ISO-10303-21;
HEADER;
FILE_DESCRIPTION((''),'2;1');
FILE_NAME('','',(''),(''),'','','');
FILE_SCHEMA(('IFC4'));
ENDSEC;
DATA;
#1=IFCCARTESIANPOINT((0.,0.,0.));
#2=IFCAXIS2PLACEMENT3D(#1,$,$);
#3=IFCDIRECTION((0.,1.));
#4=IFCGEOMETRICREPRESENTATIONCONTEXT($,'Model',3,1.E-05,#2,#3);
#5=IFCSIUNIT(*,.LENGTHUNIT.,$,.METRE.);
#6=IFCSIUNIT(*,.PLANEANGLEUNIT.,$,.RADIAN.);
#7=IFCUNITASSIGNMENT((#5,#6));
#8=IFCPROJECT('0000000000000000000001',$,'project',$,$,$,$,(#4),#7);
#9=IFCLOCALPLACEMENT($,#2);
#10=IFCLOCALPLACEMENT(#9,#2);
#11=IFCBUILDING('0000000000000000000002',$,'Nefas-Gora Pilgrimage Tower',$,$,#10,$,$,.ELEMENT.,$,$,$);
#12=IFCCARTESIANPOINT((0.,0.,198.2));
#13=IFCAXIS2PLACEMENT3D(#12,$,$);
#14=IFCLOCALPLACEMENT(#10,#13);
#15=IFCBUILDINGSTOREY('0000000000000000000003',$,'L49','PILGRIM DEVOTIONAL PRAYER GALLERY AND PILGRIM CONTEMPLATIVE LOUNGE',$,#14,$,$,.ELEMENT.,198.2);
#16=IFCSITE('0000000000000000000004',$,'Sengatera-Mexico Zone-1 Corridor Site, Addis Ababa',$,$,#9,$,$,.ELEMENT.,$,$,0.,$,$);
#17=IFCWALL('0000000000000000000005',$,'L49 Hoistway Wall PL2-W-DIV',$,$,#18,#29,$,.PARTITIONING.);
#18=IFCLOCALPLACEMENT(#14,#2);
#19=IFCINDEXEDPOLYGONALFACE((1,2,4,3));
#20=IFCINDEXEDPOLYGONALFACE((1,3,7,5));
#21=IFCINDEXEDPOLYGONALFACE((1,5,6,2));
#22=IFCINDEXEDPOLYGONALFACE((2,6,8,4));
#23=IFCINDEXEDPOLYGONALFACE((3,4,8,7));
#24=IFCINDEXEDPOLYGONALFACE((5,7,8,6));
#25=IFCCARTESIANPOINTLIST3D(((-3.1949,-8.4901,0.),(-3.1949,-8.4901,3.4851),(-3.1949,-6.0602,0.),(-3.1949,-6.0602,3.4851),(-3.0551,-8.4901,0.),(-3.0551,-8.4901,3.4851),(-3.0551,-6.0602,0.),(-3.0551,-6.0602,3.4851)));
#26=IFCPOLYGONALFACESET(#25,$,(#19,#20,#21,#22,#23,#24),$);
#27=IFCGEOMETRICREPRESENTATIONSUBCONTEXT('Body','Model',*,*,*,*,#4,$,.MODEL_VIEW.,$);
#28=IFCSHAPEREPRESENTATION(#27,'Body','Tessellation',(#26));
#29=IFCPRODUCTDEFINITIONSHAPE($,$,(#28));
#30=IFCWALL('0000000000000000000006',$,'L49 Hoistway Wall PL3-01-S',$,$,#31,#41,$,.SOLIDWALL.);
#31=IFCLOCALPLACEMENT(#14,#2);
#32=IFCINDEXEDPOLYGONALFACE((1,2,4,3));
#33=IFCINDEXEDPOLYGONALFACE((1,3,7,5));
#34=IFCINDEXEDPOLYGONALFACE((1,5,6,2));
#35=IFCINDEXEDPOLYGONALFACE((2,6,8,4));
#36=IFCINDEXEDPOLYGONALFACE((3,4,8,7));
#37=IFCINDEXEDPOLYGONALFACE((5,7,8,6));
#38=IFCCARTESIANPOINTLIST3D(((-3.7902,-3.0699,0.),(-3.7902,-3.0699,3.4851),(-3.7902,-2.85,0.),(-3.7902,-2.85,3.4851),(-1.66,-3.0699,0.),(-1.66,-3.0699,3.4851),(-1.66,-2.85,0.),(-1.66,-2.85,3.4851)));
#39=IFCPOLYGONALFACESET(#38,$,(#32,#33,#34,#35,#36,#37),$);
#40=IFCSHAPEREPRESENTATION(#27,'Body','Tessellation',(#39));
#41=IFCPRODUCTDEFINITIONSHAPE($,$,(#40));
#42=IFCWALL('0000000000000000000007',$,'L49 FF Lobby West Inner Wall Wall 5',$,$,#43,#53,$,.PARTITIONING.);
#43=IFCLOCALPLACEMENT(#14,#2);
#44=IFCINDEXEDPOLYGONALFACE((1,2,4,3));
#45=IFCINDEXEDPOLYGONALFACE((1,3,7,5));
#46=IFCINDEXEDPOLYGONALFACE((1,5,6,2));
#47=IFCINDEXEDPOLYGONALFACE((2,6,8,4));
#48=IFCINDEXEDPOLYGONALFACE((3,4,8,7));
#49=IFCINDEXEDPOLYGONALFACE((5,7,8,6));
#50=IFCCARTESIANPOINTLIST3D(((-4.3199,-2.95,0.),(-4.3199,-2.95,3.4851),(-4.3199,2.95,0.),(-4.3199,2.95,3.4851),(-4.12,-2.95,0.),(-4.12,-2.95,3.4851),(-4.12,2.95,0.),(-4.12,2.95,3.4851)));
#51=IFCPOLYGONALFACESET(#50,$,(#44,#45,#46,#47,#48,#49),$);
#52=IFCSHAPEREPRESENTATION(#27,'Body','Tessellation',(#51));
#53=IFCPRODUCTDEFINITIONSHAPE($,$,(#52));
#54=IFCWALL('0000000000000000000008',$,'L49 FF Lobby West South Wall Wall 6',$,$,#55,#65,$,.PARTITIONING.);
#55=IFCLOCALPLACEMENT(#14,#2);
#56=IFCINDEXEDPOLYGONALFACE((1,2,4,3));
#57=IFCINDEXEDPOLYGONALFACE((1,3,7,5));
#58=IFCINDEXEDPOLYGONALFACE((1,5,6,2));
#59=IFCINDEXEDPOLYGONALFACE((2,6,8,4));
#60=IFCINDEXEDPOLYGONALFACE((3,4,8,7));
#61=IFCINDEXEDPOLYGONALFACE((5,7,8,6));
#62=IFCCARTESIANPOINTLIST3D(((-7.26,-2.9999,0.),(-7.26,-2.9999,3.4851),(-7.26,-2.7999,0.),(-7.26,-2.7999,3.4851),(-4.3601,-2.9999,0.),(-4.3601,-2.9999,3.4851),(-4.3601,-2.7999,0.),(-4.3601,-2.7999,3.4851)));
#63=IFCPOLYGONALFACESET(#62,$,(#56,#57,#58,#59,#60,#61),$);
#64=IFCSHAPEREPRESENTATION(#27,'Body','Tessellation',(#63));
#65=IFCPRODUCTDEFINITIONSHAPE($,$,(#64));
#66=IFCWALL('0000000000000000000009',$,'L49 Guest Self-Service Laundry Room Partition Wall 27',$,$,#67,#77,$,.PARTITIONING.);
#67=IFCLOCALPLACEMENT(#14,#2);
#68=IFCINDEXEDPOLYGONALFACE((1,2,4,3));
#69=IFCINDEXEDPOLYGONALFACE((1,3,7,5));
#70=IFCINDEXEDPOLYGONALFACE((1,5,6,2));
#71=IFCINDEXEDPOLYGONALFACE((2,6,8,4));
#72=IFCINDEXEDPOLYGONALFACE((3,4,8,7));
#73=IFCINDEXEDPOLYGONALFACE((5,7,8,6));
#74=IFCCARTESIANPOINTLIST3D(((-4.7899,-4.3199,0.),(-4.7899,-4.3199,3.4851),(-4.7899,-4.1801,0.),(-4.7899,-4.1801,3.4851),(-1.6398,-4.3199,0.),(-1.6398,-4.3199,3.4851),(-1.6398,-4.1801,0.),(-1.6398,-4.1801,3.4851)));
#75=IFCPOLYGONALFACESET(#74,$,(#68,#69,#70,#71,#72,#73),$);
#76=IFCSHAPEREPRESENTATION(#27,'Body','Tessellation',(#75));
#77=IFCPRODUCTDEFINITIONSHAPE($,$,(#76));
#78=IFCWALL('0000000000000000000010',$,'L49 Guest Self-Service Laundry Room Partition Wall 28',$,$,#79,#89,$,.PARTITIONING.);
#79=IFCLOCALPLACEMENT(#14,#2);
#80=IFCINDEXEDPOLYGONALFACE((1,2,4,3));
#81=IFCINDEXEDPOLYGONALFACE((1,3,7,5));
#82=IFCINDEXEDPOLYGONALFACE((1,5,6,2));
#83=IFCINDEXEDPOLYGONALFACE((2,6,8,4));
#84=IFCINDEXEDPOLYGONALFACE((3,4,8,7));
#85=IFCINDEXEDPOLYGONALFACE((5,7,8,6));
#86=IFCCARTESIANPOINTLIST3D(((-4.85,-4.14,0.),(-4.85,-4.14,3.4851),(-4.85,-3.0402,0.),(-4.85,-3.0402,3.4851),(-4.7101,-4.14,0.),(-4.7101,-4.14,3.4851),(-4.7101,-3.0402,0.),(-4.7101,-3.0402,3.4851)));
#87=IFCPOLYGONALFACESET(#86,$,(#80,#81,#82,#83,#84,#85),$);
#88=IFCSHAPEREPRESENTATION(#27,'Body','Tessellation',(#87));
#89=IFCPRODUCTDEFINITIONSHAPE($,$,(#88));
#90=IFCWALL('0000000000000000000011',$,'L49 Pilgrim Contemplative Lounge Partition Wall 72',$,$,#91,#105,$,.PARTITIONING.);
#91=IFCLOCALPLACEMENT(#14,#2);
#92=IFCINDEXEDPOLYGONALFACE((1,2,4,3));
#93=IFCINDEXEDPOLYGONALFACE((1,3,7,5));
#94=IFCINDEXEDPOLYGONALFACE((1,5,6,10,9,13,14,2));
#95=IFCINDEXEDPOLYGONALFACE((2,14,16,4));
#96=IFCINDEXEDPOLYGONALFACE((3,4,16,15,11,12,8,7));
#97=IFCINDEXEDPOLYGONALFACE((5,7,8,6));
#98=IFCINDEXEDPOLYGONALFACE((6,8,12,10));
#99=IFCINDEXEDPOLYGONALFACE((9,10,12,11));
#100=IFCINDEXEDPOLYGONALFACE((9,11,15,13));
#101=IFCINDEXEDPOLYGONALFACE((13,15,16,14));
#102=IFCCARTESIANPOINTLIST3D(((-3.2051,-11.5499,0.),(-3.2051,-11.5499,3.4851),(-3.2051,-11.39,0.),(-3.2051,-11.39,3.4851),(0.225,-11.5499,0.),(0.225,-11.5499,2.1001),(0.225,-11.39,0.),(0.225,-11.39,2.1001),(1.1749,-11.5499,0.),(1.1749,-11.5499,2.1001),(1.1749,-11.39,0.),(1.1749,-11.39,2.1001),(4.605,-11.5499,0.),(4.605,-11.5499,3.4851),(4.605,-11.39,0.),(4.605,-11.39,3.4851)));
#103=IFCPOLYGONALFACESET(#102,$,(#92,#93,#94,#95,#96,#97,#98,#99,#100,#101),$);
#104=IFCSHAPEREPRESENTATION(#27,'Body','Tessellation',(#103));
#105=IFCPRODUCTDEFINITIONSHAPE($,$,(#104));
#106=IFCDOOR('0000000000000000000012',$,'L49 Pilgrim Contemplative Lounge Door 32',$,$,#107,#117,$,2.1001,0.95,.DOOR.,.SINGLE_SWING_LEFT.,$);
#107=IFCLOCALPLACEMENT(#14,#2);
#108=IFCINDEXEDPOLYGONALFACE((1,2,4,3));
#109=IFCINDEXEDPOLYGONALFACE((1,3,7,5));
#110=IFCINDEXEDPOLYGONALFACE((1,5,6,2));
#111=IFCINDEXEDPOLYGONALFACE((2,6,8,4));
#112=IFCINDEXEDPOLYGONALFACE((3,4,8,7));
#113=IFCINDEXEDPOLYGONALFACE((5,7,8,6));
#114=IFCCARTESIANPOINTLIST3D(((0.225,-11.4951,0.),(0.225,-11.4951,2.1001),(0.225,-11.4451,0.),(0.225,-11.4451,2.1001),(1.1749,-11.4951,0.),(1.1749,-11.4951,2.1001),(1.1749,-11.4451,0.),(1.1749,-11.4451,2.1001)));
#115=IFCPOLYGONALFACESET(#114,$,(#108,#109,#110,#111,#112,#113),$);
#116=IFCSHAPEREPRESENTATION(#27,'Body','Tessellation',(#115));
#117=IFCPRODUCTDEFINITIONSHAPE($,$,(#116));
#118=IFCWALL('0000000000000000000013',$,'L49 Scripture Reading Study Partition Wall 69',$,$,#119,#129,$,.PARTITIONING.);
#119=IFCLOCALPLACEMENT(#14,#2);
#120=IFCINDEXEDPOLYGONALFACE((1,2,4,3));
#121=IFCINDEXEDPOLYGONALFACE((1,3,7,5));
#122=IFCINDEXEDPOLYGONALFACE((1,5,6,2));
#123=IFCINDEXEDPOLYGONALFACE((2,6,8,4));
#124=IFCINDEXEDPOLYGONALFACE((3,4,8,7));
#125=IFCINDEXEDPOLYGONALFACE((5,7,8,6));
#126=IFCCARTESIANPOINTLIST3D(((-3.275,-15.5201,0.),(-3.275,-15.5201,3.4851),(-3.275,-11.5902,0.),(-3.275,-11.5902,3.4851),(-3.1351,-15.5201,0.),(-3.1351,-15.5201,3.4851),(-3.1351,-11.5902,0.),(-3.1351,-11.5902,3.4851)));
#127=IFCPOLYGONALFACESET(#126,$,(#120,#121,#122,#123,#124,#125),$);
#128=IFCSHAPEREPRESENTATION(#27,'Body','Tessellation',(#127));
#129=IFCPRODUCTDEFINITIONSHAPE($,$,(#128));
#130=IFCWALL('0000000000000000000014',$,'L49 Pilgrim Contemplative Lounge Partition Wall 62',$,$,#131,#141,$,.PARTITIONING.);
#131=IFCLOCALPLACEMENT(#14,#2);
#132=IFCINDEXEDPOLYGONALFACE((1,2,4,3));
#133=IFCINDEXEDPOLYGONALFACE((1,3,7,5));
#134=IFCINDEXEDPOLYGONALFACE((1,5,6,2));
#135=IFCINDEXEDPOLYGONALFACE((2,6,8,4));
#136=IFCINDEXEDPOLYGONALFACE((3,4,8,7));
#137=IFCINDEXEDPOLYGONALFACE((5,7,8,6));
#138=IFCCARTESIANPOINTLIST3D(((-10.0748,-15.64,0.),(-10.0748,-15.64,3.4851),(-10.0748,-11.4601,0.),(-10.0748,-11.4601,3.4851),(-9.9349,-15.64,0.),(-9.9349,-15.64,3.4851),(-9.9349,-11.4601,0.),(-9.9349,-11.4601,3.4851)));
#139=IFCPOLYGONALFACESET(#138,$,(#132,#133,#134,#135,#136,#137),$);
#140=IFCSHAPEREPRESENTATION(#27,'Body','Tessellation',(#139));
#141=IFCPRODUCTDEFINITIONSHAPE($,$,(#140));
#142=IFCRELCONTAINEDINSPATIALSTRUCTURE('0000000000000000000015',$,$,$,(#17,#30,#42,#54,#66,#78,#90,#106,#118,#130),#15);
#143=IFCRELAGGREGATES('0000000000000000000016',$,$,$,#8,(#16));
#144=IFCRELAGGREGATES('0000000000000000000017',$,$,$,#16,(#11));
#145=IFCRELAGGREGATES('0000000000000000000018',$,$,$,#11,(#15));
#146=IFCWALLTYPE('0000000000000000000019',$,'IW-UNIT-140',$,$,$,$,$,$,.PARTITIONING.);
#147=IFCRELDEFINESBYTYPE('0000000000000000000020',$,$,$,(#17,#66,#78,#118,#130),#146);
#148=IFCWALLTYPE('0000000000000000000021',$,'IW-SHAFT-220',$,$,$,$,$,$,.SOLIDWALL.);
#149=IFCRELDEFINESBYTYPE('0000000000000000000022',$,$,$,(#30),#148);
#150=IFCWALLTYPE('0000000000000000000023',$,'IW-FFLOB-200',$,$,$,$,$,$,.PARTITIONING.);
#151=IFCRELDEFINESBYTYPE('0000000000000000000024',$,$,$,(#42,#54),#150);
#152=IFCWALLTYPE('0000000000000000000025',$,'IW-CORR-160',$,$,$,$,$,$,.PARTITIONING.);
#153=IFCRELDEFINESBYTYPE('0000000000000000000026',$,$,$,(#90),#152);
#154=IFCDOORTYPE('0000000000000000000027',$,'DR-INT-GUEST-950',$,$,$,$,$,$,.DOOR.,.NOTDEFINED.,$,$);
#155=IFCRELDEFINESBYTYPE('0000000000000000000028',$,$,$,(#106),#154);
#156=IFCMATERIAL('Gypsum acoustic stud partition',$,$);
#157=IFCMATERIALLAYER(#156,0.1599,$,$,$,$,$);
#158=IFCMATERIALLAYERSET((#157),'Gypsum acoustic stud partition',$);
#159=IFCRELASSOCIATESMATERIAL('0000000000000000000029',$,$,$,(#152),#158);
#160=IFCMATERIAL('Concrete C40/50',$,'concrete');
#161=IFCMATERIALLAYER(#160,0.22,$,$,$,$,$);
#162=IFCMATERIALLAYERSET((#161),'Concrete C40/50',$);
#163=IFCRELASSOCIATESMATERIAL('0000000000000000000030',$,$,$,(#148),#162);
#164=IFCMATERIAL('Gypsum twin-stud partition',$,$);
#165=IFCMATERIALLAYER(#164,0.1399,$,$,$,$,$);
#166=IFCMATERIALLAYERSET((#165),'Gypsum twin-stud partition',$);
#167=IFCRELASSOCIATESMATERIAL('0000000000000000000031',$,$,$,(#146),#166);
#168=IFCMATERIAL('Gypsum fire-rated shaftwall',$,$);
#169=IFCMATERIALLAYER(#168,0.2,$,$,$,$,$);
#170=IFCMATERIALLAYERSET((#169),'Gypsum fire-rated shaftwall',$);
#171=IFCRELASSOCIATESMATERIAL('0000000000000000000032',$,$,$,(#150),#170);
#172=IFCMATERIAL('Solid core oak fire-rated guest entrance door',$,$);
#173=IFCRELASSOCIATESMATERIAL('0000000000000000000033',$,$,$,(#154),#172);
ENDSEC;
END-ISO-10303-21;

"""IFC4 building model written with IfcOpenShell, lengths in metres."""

from ifc_helpers import new_model, si_unit, direction, frame, frame_2d, origin, place, context, subcontext, project, spatial, rectangle, extrude, source, transform, mapped, material, layer, layer_set, type_object, element, fill, save


model = new_model("IFC4")

# Units and contexts
model_context = context("Model", 3, precision=1e-05, world=origin(), true_north=direction((0.0, 1.0)))
body_context = subcontext(model_context, "Body", "Model", "MODEL_VIEW")
ifc_project = project(units=[si_unit("LENGTHUNIT", "METRE"), si_unit("PLANEANGLEUNIT", "RADIAN")], contexts=[model_context])

# Site, building, storey
site_placement = place(None, origin())
site = spatial("IfcSite", under=ifc_project, at=site_placement, Name="Sengatera-Mexico Zone-1 Corridor Site, Addis Ababa", CompositionType="ELEMENT", RefElevation=0.0)
building_placement = place(site_placement, origin())
building = spatial("IfcBuilding", under=site, at=building_placement, Name="Nefas-Gora Pilgrimage Tower", CompositionType="ELEMENT")
storey_placement = place(building_placement, frame((0.0, 0.0, 198.2)))
storey = spatial("IfcBuildingStorey", under=building, at=storey_placement, Name="L49", Description="PILGRIM DEVOTIONAL PRAYER GALLERY AND PILGRIM CONTEMPLATIVE LOUNGE", CompositionType="ELEMENT", Elevation=198.2)

# Walls
ifc_material_1 = material(Name="Gypsum acoustic stud partition")
ifc_layer_1 = layer(ifc_material_1, 0.1599)
ifc_layer_set_1 = layer_set([ifc_layer_1], Name="Gypsum acoustic stud partition")
wall_type_1 = type_object("IfcWallType", Name="IW-CORR-160", PredefinedType="PARTITIONING", material=ifc_layer_set_1)
ifc_material_2 = material(Name="Concrete C40/50", Category="concrete")
ifc_layer_2 = layer(ifc_material_2, 0.22)
ifc_layer_set_2 = layer_set([ifc_layer_2], Name="Concrete C40/50")
wall_type_2 = type_object("IfcWallType", Name="IW-SHAFT-220", PredefinedType="SOLIDWALL", material=ifc_layer_set_2)
ifc_material_3 = material(Name="Gypsum twin-stud partition")
ifc_layer_3 = layer(ifc_material_3, 0.1399)
ifc_layer_set_3 = layer_set([ifc_layer_3], Name="Gypsum twin-stud partition")
wall_type_3 = type_object("IfcWallType", Name="IW-UNIT-140", PredefinedType="PARTITIONING", material=ifc_layer_set_3)
shared_shape_1 = source(origin(), body_context, "Body", "SweptSolid", [
    extrude(rectangle(XDim=2.4299, YDim=0.1399, at=frame_2d((1.2148, 0.0))), origin(), (0.0, 0.0, 1.0), 3.4851),
])
wall_1_placement = place(storey_placement, frame((-3.125, -8.49, 0.0), z_axis=(0.0, 0.0, 1.0), x_axis=(0.0, 1.0, 0.0)))
element("IfcWall", 1, at=wall_1_placement, inside=storey, type_object=wall_type_3, Name="L49 Hoistway Wall PL2-W-DIV", PredefinedType="PARTITIONING", context=body_context, shape_type="MappedRepresentation", body=[
    mapped(shared_shape_1, transform((0.0, 0.0, 0.0), x_axis=(1.0, 0.0, 0.0), y_axis=(0.0, 1.0, 0.0), z_axis=(0.0, 0.0, 1.0), scale=1.0)),
])
shared_shape_2 = source(origin(), body_context, "Body", "SweptSolid", [
    extrude(rectangle(XDim=2.1301, YDim=0.22, at=frame_2d((1.0649, 0.0))), origin(), (0.0, 0.0, 1.0), 3.4851),
])
wall_2_placement = place(storey_placement, frame((-3.79, -2.96, 0.0), z_axis=(0.0, 0.0, 1.0), x_axis=(1.0, 0.0, 0.0)))
element("IfcWall", 2, at=wall_2_placement, inside=storey, type_object=wall_type_2, Name="L49 Hoistway Wall PL3-01-S", PredefinedType="SOLIDWALL", context=body_context, shape_type="MappedRepresentation", body=[
    mapped(shared_shape_2, transform((0.0, 0.0, 0.0), x_axis=(1.0, 0.0, 0.0), y_axis=(0.0, 1.0, 0.0), z_axis=(0.0, 0.0, 1.0), scale=1.0)),
])
ifc_material_4 = material(Name="Gypsum fire-rated shaftwall")
ifc_layer_4 = layer(ifc_material_4, 0.2)
ifc_layer_set_4 = layer_set([ifc_layer_4], Name="Gypsum fire-rated shaftwall")
wall_type_4 = type_object("IfcWallType", Name="IW-FFLOB-200", PredefinedType="PARTITIONING", material=ifc_layer_set_4)
shared_shape_3 = source(origin(), body_context, "Body", "SweptSolid", [
    extrude(rectangle(XDim=5.8999, YDim=0.2, at=frame_2d((2.95, 0.0))), origin(), (0.0, 0.0, 1.0), 3.4851),
])
wall_3_placement = place(storey_placement, frame((-4.22, -2.95, 0.0), z_axis=(0.0, 0.0, 1.0), x_axis=(0.0, 1.0, 0.0)))
element("IfcWall", 3, at=wall_3_placement, inside=storey, type_object=wall_type_4, Name="L49 FF Lobby West Inner Wall Wall 5", PredefinedType="PARTITIONING", context=body_context, shape_type="MappedRepresentation", body=[
    mapped(shared_shape_3, transform((0.0, 0.0, 0.0), x_axis=(1.0, 0.0, 0.0), y_axis=(0.0, 1.0, 0.0), z_axis=(0.0, 0.0, 1.0), scale=1.0)),
])
shared_shape_4 = source(origin(), body_context, "Body", "SweptSolid", [
    extrude(rectangle(XDim=2.8999, YDim=0.2, at=frame_2d((1.45, 0.0))), origin(), (0.0, 0.0, 1.0), 3.4851),
])
wall_4_placement = place(storey_placement, frame((-7.26, -2.8999, 0.0), z_axis=(0.0, 0.0, 1.0), x_axis=(1.0, 0.0, 0.0)))
element("IfcWall", 4, at=wall_4_placement, inside=storey, type_object=wall_type_4, Name="L49 FF Lobby West South Wall Wall 6", PredefinedType="PARTITIONING", context=body_context, shape_type="MappedRepresentation", body=[
    mapped(shared_shape_4, transform((0.0, 0.0, 0.0), x_axis=(1.0, 0.0, 0.0), y_axis=(0.0, 1.0, 0.0), z_axis=(0.0, 0.0, 1.0), scale=1.0)),
])
shared_shape_5 = source(origin(), body_context, "Body", "SweptSolid", [
    extrude(rectangle(XDim=3.1501, YDim=0.1399, at=frame_2d((1.5752, 0.0))), origin(), (0.0, 0.0, 1.0), 3.4851),
])
wall_5_placement = place(storey_placement, frame((-4.79, -4.25, 0.0), z_axis=(0.0, 0.0, 1.0), x_axis=(1.0, 0.0, 0.0)))
element("IfcWall", 5, at=wall_5_placement, inside=storey, type_object=wall_type_3, Name="L49 Guest Self-Service Laundry Room Partition Wall 27", PredefinedType="PARTITIONING", context=body_context, shape_type="MappedRepresentation", body=[
    mapped(shared_shape_5, transform((0.0, 0.0, 0.0), x_axis=(1.0, 0.0, 0.0), y_axis=(0.0, 1.0, 0.0), z_axis=(0.0, 0.0, 1.0), scale=1.0)),
])
shared_shape_6 = source(origin(), body_context, "Body", "SweptSolid", [
    extrude(rectangle(XDim=1.0999, YDim=0.1399, at=frame_2d((0.5498, 0.0))), origin(), (0.0, 0.0, 1.0), 3.4851),
])
wall_6_placement = place(storey_placement, frame((-4.78, -4.1399, 0.0), z_axis=(0.0, 0.0, 1.0), x_axis=(0.0, 1.0, 0.0)))
element("IfcWall", 6, at=wall_6_placement, inside=storey, type_object=wall_type_3, Name="L49 Guest Self-Service Laundry Room Partition Wall 28", PredefinedType="PARTITIONING", context=body_context, shape_type="MappedRepresentation", body=[
    mapped(shared_shape_6, transform((0.0, 0.0, 0.0), x_axis=(1.0, 0.0, 0.0), y_axis=(0.0, 1.0, 0.0), z_axis=(0.0, 0.0, 1.0), scale=1.0)),
])

# Wall, opening, door
shared_shape_7 = source(origin(), body_context, "Body", "SweptSolid", [
    extrude(rectangle(XDim=7.8101, YDim=0.1599, at=frame_2d((3.905, 0.0))), origin(), (0.0, 0.0, 1.0), 3.4851),
])
wall_7_placement = place(storey_placement, frame((-3.2051, -11.47, 0.0), z_axis=(0.0, 0.0, 1.0), x_axis=(1.0, 0.0, 0.0)))
wall_7 = element("IfcWall", 7, at=wall_7_placement, inside=storey, type_object=wall_type_1, Name="L49 Pilgrim Contemplative Lounge Partition Wall 72", PredefinedType="PARTITIONING", context=body_context, shape_type="MappedRepresentation", body=[
    mapped(shared_shape_7, transform((0.0, 0.0, 0.0), x_axis=(1.0, 0.0, 0.0), y_axis=(0.0, 1.0, 0.0), z_axis=(0.0, 0.0, 1.0), scale=1.0)),
])
opening_1_placement = place(wall_7_placement, frame((3.4299, 0.0, 0.0)))
opening_1 = element("IfcOpeningElement", 8, at=opening_1_placement, cuts=wall_7, PredefinedType="OPENING", context=body_context, shape_type="SweptSolid", body=[
    extrude(rectangle(XDim=0.95, YDim=2.1001, at=frame_2d((0.4751, 1.05))), frame((0.0, 0.0898, 0.0), z_axis=(0.0, -1.0, 0.0), x_axis=(1.0, 0.0, 0.0)), (0.0, 0.0, 1.0), 0.1799),
])
ifc_material_5 = material(Name="Solid core oak fire-rated guest entrance door")
door_type_1 = type_object("IfcDoorType", Name="DR-INT-GUEST-950", OperationType="NOTDEFINED", PredefinedType="DOOR", material=ifc_material_5)
shared_shape_8 = source(origin(), body_context, "Body", "SweptSolid", [
    extrude(rectangle(XDim=0.95, YDim=2.1001, at=frame_2d((0.4751, 1.05))), frame((0.0, 0.0249, 0.0), z_axis=(0.0, -1.0, 0.0), x_axis=(1.0, 0.0, 0.0)), (0.0, 0.0, 1.0), 0.05),
])
door_1_placement = place(opening_1_placement, origin())
door_1 = element("IfcDoor", 9, at=door_1_placement, inside=storey, type_object=door_type_1, Name="L49 Pilgrim Contemplative Lounge Door 32", OperationType="SINGLE_SWING_LEFT", OverallHeight=2.1001, OverallWidth=0.95, PredefinedType="DOOR", context=body_context, shape_type="MappedRepresentation", body=[
    mapped(shared_shape_8, transform((0.0, 0.0, 0.0), x_axis=(1.0, 0.0, 0.0), y_axis=(0.0, 1.0, 0.0), z_axis=(0.0, 0.0, 1.0), scale=1.0)),
])
fill(opening_1, door_1)

# Walls
shared_shape_9 = source(origin(), body_context, "Body", "SweptSolid", [
    extrude(rectangle(XDim=3.9299, YDim=0.1399, at=frame_2d((1.9648, 0.0))), origin(), (0.0, 0.0, 1.0), 3.4851),
])
wall_8_placement = place(storey_placement, frame((-3.2051, -15.52, 0.0), z_axis=(0.0, 0.0, 1.0), x_axis=(0.0, 1.0, 0.0)))
element("IfcWall", 10, at=wall_8_placement, inside=storey, type_object=wall_type_3, Name="L49 Scripture Reading Study Partition Wall 69", PredefinedType="PARTITIONING", context=body_context, shape_type="MappedRepresentation", body=[
    mapped(shared_shape_9, transform((0.0, 0.0, 0.0), x_axis=(1.0, 0.0, 0.0), y_axis=(0.0, 1.0, 0.0), z_axis=(0.0, 0.0, 1.0), scale=1.0)),
])
shared_shape_10 = source(origin(), body_context, "Body", "SweptSolid", [
    extrude(rectangle(XDim=4.1799, YDim=0.1399, at=frame_2d((2.0898, 0.0))), origin(), (0.0, 0.0, 1.0), 3.4851),
])
wall_9_placement = place(storey_placement, frame((-10.0049, -15.6399, 0.0), z_axis=(0.0, 0.0, 1.0), x_axis=(0.0, 1.0, 0.0)))
element("IfcWall", 11, at=wall_9_placement, inside=storey, type_object=wall_type_3, Name="L49 Pilgrim Contemplative Lounge Partition Wall 62", PredefinedType="PARTITIONING", context=body_context, shape_type="MappedRepresentation", body=[
    mapped(shared_shape_10, transform((0.0, 0.0, 0.0), x_axis=(1.0, 0.0, 0.0), y_axis=(0.0, 1.0, 0.0), z_axis=(0.0, 0.0, 1.0), scale=1.0)),
])

save(model, "model.ifc")
